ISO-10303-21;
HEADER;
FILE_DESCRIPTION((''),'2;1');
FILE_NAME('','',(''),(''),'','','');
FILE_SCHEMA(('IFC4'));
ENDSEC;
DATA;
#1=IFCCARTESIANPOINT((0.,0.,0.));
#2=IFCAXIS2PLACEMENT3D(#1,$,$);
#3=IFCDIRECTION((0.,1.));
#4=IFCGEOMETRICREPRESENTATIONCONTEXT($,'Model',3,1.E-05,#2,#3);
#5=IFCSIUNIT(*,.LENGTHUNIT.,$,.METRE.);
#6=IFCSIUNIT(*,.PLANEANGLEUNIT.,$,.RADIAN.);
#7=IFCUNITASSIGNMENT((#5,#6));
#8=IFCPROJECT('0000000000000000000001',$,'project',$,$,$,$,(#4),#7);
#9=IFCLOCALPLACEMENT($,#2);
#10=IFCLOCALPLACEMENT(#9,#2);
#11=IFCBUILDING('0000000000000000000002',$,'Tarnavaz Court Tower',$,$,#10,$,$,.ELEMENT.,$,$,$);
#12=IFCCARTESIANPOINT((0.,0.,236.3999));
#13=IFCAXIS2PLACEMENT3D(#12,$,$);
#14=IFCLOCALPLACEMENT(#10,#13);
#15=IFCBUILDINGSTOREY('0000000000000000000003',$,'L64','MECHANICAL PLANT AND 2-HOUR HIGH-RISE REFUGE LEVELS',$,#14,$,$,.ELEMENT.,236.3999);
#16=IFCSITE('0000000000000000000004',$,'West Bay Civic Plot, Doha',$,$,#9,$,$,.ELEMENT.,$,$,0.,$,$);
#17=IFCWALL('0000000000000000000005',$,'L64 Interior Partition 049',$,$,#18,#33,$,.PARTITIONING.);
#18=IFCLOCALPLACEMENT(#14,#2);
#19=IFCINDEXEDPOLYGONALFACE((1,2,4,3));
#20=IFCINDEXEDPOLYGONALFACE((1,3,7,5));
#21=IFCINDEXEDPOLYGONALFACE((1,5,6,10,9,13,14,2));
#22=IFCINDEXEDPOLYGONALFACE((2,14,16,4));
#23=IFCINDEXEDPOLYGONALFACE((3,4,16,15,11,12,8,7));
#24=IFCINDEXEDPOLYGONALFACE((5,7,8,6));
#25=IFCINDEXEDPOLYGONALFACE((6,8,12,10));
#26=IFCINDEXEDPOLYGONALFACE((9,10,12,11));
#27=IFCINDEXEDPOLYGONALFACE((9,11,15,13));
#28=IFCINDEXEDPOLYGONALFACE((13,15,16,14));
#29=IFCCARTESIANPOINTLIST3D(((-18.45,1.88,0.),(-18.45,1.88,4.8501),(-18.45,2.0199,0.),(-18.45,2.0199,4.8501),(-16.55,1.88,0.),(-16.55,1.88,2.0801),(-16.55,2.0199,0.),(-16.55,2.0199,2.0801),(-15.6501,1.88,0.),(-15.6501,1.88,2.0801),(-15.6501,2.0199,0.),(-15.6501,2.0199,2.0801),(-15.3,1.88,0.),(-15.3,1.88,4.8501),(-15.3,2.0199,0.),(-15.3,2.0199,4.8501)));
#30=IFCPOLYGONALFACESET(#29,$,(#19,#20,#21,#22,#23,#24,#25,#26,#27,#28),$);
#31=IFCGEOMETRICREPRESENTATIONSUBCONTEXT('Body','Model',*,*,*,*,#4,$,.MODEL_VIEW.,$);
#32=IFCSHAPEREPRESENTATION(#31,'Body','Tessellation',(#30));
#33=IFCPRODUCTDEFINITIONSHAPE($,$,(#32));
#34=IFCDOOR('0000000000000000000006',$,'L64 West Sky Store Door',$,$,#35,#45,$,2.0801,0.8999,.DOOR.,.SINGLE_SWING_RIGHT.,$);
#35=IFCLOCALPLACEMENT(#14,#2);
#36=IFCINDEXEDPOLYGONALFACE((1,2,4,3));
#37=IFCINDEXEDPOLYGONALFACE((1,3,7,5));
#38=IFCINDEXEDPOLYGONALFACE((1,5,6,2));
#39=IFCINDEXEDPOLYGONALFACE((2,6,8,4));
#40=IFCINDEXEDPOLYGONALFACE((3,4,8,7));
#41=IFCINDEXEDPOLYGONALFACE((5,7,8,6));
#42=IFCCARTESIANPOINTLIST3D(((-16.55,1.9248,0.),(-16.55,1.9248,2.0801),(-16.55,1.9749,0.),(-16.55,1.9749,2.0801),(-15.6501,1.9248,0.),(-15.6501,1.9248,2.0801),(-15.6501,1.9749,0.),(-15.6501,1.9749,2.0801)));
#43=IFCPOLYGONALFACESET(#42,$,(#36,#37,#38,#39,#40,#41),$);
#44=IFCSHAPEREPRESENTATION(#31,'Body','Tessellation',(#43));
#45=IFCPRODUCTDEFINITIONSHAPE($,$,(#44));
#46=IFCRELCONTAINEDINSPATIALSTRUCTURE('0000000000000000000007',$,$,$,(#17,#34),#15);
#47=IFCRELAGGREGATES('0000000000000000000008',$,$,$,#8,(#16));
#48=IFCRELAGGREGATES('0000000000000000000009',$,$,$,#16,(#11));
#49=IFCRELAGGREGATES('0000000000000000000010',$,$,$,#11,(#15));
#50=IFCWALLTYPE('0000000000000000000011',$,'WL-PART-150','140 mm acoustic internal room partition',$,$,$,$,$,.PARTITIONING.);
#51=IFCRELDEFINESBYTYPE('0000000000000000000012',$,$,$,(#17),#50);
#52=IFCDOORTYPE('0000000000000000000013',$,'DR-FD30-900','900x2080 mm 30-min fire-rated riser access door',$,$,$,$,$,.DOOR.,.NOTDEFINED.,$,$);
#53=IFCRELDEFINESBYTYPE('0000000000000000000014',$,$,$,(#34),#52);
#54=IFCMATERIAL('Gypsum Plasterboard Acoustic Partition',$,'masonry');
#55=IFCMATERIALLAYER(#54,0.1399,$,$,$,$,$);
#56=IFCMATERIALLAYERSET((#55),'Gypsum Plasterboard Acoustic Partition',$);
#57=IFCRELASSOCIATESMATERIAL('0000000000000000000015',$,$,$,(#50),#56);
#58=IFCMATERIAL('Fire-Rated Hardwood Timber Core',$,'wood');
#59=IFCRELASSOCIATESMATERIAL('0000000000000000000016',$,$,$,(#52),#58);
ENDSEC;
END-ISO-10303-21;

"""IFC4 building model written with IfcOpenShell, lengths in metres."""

from ifc_helpers import new_model, si_unit, direction, frame, frame_2d, origin, place, context, subcontext, project, spatial, rectangle, extrude, material, layer, layer_set, type_object, element, fill, save


model = new_model("IFC4")

# Units and contexts
model_context = context("Model", 3, precision=1e-05, world=origin(), true_north=direction((0.0, 1.0)))
body_context = subcontext(model_context, "Body", "Model", "MODEL_VIEW")
ifc_project = project(units=[si_unit("LENGTHUNIT", "METRE"), si_unit("PLANEANGLEUNIT", "RADIAN")], contexts=[model_context])

# Site, building, storey
site_placement = place(None, origin())
site = spatial("IfcSite", under=ifc_project, at=site_placement, Name="West Bay Civic Plot, Doha", CompositionType="ELEMENT", RefElevation=0.0)
building_placement = place(site_placement, origin())
building = spatial("IfcBuilding", under=site, at=building_placement, Name="Tarnavaz Court Tower", CompositionType="ELEMENT")
storey_placement = place(building_placement, frame((0.0, 0.0, 236.3999)))
storey = spatial("IfcBuildingStorey", under=building, at=storey_placement, Name="L64", Description="MECHANICAL PLANT AND 2-HOUR HIGH-RISE REFUGE LEVELS", CompositionType="ELEMENT", Elevation=236.3999)

# Wall, opening, door
ifc_material_1 = material(Name="Fire-Rated Hardwood Timber Core", Category="wood")
ifc_material_2 = material(Name="Gypsum Plasterboard Acoustic Partition", Category="masonry")
ifc_layer_1 = layer(ifc_material_2, 0.1399)
ifc_layer_set_1 = layer_set([ifc_layer_1], Name="Gypsum Plasterboard Acoustic Partition")
wall_type_1 = type_object("IfcWallType", Name="WL-PART-150", Description="140 mm acoustic internal room partition", PredefinedType="PARTITIONING", material=ifc_layer_set_1)
wall_1_placement = place(storey_placement, frame((-18.45, 1.95, 0.0), z_axis=(0.0, 0.0, 1.0), x_axis=(1.0, 0.0, 0.0)))
wall_1 = element("IfcWall", 1, at=wall_1_placement, inside=storey, type_object=wall_type_1, Name="L64 Interior Partition 049", PredefinedType="PARTITIONING", context=body_context, shape_type="SweptSolid", body=[
    extrude(rectangle(XDim=3.1499, YDim=0.1399, at=frame_2d((1.575, 0.0))), origin(), (0.0, 0.0, 1.0), 4.8501),
])
opening_1_placement = place(wall_1_placement, frame((1.8999, 0.0, 0.0)))
opening_1 = element("IfcOpeningElement", 2, at=opening_1_placement, cuts=wall_1, PredefinedType="OPENING", context=body_context, shape_type="SweptSolid", body=[
    extrude(rectangle(XDim=0.8999, YDim=2.0801, at=frame_2d((0.45, 1.04))), frame((0.0, 0.0798, 0.0), z_axis=(0.0, -1.0, 0.0), x_axis=(1.0, 0.0, 0.0)), (0.0, 0.0, 1.0), 0.1599),
])
door_type_1 = type_object("IfcDoorType", Name="DR-FD30-900", Description="900x2080 mm 30-min fire-rated riser access door", OperationType="NOTDEFINED", PredefinedType="DOOR", material=ifc_material_1)
door_1_placement = place(opening_1_placement, origin())
door_1 = element("IfcDoor", 3, at=door_1_placement, inside=storey, type_object=door_type_1, Name="L64 West Sky Store Door", OperationType="SINGLE_SWING_RIGHT", OverallHeight=2.0801, OverallWidth=0.8999, PredefinedType="DOOR", context=body_context, shape_type="SweptSolid", body=[
    extrude(rectangle(XDim=0.8999, YDim=2.0801, at=frame_2d((0.45, 1.04))), frame((0.0, 0.0249, 0.0), z_axis=(0.0, -1.0, 0.0), x_axis=(1.0, 0.0, 0.0)), (0.0, 0.0, 1.0), 0.05),
])
fill(opening_1, door_1)

save(model, "model.ifc")
